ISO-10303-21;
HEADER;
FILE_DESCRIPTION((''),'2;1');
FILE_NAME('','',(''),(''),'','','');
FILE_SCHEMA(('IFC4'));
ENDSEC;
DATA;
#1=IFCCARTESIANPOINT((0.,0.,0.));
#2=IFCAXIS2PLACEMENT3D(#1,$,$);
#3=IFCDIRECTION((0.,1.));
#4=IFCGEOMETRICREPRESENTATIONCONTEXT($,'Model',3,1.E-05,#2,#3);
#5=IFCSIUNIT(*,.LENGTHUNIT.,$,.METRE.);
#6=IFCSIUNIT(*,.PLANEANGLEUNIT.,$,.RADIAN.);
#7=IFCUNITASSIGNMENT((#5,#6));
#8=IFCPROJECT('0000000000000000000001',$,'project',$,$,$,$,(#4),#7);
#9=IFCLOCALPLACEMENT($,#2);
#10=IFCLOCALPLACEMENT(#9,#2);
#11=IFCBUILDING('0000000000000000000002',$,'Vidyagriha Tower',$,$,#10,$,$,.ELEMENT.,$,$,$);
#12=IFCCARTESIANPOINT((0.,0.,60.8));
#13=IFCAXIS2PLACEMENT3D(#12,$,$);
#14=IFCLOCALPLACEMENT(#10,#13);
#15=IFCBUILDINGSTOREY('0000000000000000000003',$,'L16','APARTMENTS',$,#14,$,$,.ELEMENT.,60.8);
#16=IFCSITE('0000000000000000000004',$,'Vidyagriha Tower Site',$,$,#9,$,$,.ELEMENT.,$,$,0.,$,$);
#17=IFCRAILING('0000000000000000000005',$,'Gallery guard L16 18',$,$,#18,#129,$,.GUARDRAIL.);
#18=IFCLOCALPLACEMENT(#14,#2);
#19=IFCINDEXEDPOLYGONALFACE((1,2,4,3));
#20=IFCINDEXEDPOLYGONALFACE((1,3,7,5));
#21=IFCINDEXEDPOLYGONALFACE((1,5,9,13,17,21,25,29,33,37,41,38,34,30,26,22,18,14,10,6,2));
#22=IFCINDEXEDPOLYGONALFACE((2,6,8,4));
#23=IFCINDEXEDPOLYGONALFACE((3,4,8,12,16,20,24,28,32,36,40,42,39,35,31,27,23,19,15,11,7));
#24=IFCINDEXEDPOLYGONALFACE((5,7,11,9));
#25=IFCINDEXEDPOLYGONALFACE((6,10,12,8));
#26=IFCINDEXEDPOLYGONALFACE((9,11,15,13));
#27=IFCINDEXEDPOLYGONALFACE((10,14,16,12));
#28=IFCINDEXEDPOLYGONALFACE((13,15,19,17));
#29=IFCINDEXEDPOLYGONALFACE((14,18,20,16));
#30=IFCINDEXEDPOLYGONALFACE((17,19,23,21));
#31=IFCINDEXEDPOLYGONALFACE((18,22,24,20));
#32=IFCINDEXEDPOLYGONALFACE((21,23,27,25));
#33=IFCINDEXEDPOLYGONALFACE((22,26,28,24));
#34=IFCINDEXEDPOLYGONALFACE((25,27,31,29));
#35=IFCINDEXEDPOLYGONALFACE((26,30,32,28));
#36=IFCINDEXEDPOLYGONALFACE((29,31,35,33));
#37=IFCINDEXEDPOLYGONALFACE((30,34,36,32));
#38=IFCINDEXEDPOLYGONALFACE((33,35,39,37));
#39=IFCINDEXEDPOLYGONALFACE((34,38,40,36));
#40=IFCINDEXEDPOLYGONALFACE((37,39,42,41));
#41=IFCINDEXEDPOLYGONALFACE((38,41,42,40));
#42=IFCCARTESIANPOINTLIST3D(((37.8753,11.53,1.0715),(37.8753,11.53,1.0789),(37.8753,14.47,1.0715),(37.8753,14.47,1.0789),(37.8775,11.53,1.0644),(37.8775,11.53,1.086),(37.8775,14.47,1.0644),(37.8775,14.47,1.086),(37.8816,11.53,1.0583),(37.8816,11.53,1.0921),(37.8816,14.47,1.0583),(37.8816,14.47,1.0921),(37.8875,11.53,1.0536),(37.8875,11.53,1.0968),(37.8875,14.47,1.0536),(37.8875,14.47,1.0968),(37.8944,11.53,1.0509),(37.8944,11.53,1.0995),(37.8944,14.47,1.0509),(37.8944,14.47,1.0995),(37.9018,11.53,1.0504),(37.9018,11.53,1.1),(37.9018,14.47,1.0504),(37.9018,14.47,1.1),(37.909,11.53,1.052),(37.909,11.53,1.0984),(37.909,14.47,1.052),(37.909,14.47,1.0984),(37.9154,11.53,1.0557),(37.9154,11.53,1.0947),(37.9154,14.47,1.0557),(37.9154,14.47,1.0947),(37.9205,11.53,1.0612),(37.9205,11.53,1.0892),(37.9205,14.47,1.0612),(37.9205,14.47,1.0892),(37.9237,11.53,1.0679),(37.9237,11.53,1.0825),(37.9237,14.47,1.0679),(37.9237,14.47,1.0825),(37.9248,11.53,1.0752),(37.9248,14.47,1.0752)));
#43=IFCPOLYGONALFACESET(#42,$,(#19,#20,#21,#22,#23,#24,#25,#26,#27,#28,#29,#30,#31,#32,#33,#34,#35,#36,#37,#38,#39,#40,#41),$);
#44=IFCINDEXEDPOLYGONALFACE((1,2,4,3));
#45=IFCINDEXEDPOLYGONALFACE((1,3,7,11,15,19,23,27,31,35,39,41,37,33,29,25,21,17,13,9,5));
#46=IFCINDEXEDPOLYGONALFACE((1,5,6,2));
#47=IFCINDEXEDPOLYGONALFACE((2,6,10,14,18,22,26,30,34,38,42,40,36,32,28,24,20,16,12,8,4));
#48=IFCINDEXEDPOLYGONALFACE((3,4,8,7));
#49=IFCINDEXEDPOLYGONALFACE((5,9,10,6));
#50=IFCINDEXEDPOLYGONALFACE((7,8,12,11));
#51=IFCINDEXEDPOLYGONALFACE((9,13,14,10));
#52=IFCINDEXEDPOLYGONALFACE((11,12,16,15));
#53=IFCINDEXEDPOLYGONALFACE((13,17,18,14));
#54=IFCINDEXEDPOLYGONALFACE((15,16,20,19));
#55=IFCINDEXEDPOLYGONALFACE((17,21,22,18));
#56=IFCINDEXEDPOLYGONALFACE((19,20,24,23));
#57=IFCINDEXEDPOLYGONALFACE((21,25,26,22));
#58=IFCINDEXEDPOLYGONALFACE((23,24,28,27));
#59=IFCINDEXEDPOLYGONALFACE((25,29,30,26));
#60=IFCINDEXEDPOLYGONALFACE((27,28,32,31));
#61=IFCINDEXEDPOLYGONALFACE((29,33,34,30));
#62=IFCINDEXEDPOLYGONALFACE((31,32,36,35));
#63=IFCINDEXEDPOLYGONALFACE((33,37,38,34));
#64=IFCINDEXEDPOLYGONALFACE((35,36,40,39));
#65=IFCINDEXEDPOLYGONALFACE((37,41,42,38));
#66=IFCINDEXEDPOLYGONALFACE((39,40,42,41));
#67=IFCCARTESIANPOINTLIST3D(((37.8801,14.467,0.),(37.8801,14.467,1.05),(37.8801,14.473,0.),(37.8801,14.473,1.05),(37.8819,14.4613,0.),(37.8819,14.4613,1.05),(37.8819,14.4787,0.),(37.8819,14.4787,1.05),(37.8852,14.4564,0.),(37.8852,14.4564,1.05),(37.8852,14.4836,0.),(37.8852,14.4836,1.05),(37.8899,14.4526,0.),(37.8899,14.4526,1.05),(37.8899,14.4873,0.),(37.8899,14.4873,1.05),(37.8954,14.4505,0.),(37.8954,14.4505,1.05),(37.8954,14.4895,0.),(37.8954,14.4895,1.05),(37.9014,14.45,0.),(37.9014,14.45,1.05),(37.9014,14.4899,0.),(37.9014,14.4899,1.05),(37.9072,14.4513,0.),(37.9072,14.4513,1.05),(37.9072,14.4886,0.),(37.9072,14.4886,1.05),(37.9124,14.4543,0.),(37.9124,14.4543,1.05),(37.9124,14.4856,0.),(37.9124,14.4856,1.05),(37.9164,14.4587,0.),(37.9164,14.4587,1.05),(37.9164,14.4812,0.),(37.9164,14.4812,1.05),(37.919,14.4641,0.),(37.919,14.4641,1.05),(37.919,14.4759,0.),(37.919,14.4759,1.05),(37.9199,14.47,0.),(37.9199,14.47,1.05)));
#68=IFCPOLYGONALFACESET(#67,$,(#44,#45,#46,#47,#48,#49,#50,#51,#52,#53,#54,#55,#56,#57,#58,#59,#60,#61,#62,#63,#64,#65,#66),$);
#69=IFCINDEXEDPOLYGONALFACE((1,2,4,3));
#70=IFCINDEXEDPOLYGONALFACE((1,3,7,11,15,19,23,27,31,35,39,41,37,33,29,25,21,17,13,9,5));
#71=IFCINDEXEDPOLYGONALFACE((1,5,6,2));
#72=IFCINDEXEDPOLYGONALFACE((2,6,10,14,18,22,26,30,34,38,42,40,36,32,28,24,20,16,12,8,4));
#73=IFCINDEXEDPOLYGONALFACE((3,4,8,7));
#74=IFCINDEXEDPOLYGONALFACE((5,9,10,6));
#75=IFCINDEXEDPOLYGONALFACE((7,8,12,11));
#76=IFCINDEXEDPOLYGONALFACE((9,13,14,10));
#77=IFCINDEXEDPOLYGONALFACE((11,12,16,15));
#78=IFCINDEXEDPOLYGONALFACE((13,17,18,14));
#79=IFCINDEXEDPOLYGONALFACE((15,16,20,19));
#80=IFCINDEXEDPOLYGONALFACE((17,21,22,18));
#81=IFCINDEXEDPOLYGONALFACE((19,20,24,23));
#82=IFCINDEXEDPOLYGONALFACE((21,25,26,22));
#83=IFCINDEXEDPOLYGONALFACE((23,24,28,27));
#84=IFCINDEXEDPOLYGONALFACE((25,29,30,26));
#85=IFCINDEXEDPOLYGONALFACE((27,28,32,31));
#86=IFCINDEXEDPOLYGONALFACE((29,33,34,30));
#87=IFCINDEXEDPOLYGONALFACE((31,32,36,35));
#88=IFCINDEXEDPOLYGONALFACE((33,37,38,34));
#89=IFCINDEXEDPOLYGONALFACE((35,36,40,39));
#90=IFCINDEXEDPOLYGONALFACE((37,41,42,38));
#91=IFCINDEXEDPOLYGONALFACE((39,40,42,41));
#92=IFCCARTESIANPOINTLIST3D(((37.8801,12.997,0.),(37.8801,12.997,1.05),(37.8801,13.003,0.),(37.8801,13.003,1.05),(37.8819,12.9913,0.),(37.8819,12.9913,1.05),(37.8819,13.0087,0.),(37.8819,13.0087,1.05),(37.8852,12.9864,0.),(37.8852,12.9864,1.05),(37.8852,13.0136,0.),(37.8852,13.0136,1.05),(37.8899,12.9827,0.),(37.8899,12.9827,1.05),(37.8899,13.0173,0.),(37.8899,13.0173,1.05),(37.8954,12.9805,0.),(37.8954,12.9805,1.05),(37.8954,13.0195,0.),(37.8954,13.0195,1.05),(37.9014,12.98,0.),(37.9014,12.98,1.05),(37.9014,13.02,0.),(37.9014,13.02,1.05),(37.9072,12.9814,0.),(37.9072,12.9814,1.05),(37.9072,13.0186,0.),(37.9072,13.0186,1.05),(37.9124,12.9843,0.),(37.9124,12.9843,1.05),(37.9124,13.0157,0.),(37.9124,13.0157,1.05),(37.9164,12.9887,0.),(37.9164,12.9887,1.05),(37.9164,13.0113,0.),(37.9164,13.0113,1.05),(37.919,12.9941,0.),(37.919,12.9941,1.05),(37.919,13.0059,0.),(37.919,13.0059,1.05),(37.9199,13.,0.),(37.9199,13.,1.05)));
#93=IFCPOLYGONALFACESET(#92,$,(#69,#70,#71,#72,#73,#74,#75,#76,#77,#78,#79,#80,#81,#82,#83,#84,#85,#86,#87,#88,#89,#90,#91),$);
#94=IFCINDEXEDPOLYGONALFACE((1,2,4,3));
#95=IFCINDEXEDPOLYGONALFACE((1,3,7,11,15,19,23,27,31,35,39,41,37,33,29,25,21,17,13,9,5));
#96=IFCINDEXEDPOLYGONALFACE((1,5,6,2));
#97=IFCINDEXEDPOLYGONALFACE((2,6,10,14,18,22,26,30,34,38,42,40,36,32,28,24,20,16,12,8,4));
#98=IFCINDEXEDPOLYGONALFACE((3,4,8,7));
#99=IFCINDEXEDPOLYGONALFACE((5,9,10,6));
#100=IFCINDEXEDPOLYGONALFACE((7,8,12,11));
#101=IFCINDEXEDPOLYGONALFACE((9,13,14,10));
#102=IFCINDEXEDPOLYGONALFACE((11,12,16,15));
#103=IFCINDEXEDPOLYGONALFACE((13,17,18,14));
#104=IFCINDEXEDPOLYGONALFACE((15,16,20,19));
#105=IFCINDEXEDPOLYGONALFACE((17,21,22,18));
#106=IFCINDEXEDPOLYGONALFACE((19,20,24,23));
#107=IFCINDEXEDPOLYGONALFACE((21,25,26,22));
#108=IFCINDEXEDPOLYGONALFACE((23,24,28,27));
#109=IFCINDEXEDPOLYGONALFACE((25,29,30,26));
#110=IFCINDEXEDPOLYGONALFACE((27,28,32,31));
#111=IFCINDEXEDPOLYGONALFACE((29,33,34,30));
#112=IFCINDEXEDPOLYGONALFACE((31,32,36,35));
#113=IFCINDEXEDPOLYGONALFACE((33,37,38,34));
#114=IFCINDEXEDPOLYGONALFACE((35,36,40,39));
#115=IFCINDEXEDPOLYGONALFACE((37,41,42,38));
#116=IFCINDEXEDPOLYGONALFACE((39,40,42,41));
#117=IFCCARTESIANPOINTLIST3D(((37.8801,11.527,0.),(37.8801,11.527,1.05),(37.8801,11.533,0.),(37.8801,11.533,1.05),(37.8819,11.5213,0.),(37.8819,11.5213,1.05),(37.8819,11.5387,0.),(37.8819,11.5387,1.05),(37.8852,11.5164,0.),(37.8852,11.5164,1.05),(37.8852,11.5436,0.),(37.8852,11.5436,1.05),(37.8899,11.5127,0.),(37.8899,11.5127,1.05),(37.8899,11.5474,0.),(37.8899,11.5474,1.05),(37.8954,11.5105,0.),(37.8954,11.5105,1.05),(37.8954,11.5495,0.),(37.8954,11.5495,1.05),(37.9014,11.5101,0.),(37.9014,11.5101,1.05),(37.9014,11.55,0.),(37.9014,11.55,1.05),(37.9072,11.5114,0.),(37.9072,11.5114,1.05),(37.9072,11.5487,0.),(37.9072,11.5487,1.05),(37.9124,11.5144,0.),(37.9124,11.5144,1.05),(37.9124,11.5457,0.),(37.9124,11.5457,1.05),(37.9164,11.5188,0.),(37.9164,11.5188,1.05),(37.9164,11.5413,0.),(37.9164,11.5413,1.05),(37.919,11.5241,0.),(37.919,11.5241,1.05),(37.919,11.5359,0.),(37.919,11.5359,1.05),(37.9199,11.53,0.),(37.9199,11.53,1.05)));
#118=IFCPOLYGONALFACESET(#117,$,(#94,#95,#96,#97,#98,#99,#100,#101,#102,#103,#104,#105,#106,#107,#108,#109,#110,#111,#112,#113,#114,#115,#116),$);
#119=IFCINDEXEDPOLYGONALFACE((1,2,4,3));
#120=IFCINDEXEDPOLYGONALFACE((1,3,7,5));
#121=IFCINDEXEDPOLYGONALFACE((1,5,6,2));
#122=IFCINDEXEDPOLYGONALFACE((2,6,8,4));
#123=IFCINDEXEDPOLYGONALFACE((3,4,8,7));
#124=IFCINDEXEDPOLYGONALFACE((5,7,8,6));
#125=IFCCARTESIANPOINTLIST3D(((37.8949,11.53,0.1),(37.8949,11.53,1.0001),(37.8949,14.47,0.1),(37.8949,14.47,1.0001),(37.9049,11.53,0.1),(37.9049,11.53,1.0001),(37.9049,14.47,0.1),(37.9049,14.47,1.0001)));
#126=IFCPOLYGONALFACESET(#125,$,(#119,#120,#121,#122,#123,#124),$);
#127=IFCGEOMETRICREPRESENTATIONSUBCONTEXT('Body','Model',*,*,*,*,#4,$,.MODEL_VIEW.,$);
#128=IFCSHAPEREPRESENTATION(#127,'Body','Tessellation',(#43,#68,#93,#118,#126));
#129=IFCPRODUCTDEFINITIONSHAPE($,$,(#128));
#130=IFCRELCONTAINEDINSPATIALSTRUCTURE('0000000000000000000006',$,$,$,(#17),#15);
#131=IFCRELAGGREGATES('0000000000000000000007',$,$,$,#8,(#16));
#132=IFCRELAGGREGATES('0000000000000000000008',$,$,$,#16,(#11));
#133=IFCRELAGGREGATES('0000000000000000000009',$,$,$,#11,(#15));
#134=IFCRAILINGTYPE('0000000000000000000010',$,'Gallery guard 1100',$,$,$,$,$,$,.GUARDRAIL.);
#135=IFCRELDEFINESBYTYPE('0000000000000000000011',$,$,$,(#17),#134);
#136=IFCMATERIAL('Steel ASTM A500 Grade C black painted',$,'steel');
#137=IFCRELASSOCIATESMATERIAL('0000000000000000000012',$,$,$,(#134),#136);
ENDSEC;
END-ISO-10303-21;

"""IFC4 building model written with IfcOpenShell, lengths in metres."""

from ifc_helpers import new_model, si_unit, direction, frame, origin, origin_2d, place, context, subcontext, project, spatial, rectangle, circle, extrude, material, type_object, element, save


model = new_model("IFC4")

# Units and contexts
model_context = context("Model", 3, precision=1e-05, world=origin(), true_north=direction((0.0, 1.0)))
body_context = subcontext(model_context, "Body", "Model", "MODEL_VIEW")
ifc_project = project(units=[si_unit("LENGTHUNIT", "METRE"), si_unit("PLANEANGLEUNIT", "RADIAN")], contexts=[model_context])

# Site, building, storey
site_placement = place(None, origin())
site = spatial("IfcSite", under=ifc_project, at=site_placement, Name="Vidyagriha Tower Site", CompositionType="ELEMENT", RefElevation=0.0)
building_placement = place(site_placement, origin())
building = spatial("IfcBuilding", under=site, at=building_placement, Name="Vidyagriha Tower", CompositionType="ELEMENT")
storey_placement = place(building_placement, frame((0.0, 0.0, 60.8)))
storey = spatial("IfcBuildingStorey", under=building, at=storey_placement, Name="L16", Description="APARTMENTS", CompositionType="ELEMENT", Elevation=60.8)

# Railing
ifc_material_1 = material(Name="Steel ASTM A500 Grade C black painted", Category="steel")
railing_type_1 = type_object("IfcRailingType", Name="Gallery guard 1100", PredefinedType="GUARDRAIL", material=ifc_material_1)
for number, where, name in (
    (1, (37.8999, 14.47, 0.0), "Gallery guard L16 18"),
):
    element("IfcRailing", number, at=place(storey_placement, frame(where)), inside=storey, type_object=railing_type_1, Name=name, PredefinedType="GUARDRAIL", context=body_context, shape_type="SweptSolid", body=[
        extrude(circle(Radius=0.0249, at=origin_2d()), frame((0.0, 0.0, 1.0752), z_axis=(0.0, -1.0, 0.0), x_axis=(1.0, 0.0, 0.0)), (0.0, 0.0, 1.0), 2.9399),
        extrude(circle(Radius=0.02, at=origin_2d()), origin(), (0.0, 0.0, 1.0), 1.05),
        extrude(circle(Radius=0.02, at=origin_2d()), frame((0.0, -1.47, 0.0)), (0.0, 0.0, 1.0), 1.05),
        extrude(circle(Radius=0.02, at=origin_2d()), frame((0.0, -2.9399, 0.0)), (0.0, 0.0, 1.0), 1.05),
        extrude(rectangle(XDim=0.01, YDim=0.9001, at=origin_2d()), frame((0.0, 0.0, 0.55), z_axis=(0.0, -1.0, 0.0), x_axis=(1.0, 0.0, 0.0)), (0.0, 0.0, 1.0), 2.9399),
    ])

save(model, "model.ifc")
